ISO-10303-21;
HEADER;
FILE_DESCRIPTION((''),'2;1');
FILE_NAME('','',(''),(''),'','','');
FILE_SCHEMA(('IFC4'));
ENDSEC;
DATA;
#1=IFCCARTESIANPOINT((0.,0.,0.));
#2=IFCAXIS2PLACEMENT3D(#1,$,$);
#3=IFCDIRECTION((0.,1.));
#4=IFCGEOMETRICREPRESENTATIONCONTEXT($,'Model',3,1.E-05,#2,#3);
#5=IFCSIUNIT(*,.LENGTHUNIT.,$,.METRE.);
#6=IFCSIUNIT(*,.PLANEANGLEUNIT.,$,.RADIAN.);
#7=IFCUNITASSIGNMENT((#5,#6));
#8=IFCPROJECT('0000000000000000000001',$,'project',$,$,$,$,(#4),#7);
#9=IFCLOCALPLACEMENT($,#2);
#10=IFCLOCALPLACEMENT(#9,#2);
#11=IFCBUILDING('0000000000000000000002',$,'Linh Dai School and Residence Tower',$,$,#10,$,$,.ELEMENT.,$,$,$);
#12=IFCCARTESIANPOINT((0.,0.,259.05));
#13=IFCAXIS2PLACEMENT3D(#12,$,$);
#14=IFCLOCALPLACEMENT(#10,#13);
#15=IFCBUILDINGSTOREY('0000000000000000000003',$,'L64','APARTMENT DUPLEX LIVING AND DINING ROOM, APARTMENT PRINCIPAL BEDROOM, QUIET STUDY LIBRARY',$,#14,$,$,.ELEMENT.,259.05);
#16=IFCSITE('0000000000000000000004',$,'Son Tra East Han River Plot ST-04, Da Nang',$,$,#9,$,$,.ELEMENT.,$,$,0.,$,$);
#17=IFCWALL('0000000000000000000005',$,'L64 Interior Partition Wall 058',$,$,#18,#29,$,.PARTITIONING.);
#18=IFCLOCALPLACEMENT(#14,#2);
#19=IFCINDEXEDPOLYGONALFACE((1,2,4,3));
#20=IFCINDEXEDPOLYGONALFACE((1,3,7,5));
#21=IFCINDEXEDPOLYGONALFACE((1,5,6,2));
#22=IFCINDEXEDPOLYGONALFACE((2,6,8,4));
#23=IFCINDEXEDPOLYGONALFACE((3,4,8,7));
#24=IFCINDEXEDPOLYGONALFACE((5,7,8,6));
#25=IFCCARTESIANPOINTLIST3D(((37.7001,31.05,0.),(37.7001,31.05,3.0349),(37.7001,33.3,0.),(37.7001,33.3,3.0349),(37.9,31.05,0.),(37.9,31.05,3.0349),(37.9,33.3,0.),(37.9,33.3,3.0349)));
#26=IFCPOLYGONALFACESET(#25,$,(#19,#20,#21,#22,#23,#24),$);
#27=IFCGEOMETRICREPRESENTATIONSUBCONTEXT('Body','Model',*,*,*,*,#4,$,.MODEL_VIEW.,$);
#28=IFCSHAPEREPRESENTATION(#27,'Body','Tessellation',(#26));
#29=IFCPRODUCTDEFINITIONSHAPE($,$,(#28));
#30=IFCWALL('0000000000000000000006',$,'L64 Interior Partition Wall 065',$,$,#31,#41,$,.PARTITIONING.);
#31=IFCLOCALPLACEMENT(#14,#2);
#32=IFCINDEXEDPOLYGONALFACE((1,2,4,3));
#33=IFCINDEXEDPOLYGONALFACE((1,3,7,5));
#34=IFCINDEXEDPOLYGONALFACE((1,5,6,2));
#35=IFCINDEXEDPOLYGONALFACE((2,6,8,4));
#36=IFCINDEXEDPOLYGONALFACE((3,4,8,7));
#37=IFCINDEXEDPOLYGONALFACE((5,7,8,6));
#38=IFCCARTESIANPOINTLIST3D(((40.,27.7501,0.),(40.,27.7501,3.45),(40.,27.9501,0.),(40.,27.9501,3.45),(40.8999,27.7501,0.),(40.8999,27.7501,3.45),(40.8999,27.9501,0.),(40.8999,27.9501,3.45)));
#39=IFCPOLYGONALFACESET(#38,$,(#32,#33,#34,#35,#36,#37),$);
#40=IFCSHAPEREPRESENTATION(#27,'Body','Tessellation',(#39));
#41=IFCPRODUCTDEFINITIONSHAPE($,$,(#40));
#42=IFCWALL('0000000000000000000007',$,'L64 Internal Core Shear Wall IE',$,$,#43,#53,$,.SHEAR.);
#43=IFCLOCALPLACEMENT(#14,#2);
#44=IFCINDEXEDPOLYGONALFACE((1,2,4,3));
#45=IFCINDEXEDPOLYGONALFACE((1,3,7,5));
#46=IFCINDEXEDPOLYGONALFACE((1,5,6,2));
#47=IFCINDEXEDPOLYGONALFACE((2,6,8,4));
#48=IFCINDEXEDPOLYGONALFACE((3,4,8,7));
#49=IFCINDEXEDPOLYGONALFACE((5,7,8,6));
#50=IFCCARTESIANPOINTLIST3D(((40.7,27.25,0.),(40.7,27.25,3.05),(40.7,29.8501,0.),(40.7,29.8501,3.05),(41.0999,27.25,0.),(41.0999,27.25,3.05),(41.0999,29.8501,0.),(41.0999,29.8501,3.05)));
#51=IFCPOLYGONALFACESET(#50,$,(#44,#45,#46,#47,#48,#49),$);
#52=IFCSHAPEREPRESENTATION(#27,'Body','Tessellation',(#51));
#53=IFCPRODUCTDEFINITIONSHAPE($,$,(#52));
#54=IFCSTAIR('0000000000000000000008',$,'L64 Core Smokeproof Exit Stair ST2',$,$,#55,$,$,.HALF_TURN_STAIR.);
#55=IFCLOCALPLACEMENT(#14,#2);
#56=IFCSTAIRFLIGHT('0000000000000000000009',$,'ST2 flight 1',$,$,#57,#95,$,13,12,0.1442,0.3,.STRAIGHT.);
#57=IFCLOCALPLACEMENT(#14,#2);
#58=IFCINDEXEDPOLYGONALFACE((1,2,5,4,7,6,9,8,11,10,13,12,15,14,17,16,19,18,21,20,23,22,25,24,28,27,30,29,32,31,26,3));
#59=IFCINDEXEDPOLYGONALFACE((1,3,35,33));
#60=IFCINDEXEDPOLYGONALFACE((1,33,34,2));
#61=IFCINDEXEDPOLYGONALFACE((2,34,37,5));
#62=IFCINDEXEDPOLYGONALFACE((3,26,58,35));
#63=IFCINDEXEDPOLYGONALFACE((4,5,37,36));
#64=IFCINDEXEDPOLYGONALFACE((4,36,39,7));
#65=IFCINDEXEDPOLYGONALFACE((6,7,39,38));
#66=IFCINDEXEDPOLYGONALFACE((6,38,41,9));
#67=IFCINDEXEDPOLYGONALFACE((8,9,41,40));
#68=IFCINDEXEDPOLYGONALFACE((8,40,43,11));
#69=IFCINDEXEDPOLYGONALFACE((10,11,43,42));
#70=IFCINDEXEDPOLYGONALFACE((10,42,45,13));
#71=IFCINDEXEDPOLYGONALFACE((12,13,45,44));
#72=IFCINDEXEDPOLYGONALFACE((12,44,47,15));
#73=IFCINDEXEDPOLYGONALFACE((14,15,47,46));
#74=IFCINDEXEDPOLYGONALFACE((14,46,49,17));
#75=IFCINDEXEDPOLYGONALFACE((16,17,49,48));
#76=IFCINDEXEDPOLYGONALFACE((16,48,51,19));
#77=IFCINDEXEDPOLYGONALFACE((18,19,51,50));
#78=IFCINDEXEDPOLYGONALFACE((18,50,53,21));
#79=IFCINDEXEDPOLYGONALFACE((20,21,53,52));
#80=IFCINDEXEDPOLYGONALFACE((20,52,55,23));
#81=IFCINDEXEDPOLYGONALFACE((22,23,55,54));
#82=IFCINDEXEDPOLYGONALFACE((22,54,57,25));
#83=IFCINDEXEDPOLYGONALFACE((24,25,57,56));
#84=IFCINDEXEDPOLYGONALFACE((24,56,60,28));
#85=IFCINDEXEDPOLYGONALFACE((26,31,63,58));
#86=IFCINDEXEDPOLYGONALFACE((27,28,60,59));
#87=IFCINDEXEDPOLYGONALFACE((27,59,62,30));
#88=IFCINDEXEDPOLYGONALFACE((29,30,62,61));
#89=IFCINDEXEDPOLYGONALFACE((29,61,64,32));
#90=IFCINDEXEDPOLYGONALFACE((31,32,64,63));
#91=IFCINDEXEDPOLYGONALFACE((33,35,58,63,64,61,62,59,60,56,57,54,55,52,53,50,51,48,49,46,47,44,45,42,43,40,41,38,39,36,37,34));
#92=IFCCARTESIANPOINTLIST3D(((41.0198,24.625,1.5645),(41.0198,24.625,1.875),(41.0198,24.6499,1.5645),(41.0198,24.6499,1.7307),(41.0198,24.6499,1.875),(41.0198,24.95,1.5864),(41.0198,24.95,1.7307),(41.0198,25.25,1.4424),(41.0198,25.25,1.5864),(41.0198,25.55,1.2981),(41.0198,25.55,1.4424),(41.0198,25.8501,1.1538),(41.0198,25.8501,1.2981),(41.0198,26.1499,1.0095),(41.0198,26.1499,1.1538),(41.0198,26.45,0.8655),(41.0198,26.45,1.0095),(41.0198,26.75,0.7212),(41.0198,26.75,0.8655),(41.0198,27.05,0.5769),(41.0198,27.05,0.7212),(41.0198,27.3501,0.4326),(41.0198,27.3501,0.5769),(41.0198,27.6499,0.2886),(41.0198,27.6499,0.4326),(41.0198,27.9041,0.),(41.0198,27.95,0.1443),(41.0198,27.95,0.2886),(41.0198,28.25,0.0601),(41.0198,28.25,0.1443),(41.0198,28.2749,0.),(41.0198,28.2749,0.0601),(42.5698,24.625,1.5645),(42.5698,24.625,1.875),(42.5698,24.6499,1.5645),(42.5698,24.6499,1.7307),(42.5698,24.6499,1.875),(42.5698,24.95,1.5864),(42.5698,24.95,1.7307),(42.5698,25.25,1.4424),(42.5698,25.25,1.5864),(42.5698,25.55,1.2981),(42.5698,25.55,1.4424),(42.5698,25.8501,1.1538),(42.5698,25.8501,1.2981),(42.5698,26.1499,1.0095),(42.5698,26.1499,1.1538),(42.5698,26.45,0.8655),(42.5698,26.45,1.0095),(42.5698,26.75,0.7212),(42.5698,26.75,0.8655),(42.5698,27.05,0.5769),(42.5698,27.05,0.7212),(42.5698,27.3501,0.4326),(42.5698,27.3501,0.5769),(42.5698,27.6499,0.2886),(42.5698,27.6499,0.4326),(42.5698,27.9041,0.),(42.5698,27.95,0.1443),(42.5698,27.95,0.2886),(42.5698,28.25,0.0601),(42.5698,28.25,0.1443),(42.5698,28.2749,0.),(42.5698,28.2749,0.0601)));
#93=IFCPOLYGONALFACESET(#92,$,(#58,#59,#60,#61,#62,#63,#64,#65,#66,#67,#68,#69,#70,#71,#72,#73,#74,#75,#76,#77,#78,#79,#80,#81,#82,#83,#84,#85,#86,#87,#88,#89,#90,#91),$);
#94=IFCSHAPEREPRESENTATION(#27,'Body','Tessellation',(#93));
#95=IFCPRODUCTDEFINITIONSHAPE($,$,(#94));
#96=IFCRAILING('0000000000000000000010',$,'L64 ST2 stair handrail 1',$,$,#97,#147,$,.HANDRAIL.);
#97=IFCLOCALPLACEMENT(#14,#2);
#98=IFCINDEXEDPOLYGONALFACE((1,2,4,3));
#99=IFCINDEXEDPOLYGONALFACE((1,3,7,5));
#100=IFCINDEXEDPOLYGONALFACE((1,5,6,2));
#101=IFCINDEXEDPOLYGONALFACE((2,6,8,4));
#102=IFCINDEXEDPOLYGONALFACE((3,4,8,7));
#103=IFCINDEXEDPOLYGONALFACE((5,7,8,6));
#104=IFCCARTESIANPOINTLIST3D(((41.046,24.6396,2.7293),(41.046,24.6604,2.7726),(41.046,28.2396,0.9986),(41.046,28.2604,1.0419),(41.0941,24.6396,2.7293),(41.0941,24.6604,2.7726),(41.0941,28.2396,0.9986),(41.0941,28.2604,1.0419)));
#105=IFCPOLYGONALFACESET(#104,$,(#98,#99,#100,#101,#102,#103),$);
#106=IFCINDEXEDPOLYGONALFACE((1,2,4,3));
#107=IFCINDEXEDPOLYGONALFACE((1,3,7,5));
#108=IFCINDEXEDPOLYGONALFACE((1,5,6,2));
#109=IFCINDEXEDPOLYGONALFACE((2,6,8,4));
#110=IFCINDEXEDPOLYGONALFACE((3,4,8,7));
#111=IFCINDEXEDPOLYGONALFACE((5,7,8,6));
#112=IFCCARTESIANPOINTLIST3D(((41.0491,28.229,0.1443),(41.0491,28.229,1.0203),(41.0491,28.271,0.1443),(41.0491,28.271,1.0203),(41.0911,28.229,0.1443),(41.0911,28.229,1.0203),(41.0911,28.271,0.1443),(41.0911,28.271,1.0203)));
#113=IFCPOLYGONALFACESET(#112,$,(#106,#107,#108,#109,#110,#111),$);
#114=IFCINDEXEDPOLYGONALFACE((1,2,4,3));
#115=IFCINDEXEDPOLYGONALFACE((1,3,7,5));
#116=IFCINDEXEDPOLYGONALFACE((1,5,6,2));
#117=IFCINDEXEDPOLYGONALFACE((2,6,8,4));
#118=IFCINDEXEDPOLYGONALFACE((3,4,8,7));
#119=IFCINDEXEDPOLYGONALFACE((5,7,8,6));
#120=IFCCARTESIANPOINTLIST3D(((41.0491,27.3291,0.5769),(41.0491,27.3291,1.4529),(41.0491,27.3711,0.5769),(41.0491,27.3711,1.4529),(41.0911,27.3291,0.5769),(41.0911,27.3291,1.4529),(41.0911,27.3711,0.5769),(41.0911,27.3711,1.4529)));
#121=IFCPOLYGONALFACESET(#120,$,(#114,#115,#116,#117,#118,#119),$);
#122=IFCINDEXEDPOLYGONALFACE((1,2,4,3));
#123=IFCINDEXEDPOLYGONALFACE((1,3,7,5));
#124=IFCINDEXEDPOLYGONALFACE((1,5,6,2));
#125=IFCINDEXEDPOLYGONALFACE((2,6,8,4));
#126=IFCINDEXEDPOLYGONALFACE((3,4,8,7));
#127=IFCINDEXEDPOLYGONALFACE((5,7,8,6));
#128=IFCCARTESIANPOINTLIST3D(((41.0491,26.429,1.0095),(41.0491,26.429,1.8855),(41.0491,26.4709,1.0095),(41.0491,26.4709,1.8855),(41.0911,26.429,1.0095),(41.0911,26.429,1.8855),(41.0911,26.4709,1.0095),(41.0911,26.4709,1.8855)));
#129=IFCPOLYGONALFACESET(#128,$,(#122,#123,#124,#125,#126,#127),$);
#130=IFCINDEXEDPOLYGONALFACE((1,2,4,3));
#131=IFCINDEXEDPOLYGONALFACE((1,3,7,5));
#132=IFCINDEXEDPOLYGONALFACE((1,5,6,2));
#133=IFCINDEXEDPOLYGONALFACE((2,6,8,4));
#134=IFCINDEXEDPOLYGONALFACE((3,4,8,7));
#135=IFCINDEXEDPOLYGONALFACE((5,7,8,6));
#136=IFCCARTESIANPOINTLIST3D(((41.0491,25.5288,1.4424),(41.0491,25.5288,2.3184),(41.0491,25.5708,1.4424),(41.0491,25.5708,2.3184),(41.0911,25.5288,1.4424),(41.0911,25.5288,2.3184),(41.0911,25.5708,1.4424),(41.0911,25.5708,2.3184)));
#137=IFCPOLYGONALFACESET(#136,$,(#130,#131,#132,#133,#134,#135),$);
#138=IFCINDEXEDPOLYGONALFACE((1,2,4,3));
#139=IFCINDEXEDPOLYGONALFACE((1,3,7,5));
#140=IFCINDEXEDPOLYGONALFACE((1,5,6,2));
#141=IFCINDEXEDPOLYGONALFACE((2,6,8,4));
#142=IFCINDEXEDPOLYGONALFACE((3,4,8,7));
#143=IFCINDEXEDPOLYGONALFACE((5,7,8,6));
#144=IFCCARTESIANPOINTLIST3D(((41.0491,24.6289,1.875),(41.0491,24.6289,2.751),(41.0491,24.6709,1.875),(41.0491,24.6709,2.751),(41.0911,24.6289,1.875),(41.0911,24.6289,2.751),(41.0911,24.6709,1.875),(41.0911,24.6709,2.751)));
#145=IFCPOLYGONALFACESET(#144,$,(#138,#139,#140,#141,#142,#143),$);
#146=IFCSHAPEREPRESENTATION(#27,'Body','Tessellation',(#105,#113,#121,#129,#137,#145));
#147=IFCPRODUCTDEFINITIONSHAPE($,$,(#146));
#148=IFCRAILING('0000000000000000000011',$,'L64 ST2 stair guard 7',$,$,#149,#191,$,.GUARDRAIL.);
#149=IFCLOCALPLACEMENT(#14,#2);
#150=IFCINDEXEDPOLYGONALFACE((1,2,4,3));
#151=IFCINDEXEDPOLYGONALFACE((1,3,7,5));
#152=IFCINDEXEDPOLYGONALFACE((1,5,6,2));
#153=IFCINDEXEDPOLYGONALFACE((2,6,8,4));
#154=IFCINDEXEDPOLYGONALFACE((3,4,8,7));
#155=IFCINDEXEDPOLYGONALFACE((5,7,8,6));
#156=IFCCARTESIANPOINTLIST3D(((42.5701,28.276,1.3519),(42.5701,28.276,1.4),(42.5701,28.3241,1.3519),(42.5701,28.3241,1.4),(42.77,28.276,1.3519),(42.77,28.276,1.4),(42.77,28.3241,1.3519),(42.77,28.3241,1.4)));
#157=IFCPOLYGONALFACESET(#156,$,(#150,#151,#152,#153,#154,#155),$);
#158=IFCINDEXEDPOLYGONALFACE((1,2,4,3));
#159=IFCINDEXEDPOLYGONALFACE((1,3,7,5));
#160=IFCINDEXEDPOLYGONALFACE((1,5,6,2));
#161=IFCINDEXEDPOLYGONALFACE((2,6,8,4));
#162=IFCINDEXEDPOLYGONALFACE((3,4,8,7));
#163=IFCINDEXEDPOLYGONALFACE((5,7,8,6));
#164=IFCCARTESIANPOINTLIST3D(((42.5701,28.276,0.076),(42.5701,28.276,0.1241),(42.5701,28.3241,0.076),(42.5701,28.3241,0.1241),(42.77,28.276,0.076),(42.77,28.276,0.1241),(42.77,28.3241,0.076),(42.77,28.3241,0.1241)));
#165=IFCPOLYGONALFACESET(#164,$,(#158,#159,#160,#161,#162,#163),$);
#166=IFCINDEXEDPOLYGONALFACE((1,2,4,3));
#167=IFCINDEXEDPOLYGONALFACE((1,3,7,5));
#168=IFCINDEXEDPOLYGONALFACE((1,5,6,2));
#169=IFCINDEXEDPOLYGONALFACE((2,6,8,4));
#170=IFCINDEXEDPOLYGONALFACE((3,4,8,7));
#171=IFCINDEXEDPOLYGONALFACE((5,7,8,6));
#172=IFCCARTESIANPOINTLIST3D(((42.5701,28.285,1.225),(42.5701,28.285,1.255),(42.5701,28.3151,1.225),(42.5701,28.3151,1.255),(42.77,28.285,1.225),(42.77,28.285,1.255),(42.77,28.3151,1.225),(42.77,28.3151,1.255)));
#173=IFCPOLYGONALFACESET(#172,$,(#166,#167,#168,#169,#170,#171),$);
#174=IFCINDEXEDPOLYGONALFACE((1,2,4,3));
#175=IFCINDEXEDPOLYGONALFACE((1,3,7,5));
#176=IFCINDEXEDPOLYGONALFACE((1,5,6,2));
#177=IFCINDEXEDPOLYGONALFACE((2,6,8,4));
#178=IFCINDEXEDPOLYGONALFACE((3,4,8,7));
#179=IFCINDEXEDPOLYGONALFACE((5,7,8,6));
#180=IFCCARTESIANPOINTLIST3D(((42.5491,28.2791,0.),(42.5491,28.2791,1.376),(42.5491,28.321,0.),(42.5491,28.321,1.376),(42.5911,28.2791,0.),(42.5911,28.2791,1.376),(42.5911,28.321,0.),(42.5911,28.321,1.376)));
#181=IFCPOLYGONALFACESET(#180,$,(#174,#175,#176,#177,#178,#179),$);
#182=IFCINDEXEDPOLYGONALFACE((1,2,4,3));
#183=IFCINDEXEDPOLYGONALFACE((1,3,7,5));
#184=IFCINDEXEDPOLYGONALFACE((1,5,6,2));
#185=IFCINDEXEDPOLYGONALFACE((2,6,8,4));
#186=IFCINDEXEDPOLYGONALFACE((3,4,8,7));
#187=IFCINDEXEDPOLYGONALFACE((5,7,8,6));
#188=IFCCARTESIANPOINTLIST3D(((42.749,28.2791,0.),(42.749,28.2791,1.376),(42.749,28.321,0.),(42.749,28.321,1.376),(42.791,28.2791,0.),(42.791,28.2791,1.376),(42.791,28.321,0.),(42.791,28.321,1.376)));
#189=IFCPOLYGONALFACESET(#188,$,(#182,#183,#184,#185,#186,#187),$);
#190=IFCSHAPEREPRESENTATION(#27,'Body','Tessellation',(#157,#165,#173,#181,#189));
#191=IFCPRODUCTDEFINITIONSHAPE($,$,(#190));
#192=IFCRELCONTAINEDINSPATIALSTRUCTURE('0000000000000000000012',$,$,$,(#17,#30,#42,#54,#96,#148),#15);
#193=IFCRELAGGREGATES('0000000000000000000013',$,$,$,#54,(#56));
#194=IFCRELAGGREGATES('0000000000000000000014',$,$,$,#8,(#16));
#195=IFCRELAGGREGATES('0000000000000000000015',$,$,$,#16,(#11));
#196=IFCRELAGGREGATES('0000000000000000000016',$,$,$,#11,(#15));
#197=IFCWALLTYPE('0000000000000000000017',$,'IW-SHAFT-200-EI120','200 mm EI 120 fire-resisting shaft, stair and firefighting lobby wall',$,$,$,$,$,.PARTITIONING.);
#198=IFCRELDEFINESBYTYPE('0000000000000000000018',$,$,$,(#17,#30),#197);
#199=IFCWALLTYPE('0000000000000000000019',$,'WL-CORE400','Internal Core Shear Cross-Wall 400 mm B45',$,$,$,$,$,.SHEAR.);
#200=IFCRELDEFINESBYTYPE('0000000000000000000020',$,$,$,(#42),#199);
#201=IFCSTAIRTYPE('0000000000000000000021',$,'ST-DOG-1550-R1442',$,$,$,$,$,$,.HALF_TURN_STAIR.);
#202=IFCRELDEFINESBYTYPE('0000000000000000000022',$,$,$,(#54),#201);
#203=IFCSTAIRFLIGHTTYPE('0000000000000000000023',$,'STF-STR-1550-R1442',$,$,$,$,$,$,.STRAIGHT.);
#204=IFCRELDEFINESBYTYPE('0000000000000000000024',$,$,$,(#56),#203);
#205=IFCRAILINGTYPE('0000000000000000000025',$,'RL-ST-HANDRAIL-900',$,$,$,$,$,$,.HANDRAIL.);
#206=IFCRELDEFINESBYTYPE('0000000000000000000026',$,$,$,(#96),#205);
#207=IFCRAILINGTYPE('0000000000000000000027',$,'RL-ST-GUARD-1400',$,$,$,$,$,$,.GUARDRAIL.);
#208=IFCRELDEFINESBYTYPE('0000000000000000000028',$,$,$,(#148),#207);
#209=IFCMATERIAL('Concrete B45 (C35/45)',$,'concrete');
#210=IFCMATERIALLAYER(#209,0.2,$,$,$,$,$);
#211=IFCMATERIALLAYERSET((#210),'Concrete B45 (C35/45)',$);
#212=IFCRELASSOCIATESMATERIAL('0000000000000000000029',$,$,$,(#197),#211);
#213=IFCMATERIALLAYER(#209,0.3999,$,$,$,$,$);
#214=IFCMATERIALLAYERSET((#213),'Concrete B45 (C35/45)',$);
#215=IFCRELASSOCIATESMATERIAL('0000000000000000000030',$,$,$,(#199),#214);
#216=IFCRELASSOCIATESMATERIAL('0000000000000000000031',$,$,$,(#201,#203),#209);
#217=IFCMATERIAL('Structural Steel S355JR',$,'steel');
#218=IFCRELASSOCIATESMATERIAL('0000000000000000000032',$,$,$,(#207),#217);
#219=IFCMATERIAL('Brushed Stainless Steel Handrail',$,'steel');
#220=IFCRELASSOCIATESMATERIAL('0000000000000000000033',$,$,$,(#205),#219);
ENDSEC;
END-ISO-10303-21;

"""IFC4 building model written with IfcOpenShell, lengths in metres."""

from ifc_helpers import new_model, si_unit, direction, frame, frame_2d, origin, origin_2d, place, context, subcontext, project, spatial, polyline, rectangle, outline, extrude, source, transform, mapped, material, layer, layer_set, type_object, element, aggregate, save


model = new_model("IFC4")

# Units and contexts
model_context = context("Model", 3, precision=1e-05, world=origin(), true_north=direction((0.0, 1.0)))
body_context = subcontext(model_context, "Body", "Model", "MODEL_VIEW")
ifc_project = project(units=[si_unit("LENGTHUNIT", "METRE"), si_unit("PLANEANGLEUNIT", "RADIAN")], contexts=[model_context])

# Site, building, storey
site_placement = place(None, origin())
site = spatial("IfcSite", under=ifc_project, at=site_placement, Name="Son Tra East Han River Plot ST-04, Da Nang", CompositionType="ELEMENT", RefElevation=0.0)
building_placement = place(site_placement, origin())
building = spatial("IfcBuilding", under=site, at=building_placement, Name="Linh Dai School and Residence Tower", CompositionType="ELEMENT")
storey_placement = place(building_placement, frame((0.0, 0.0, 259.05)))
storey = spatial("IfcBuildingStorey", under=building, at=storey_placement, Name="L64", Description="APARTMENT DUPLEX LIVING AND DINING ROOM, APARTMENT PRINCIPAL BEDROOM, QUIET STUDY LIBRARY", CompositionType="ELEMENT", Elevation=259.05)

# Shared definitions
ifc_material_1 = material(Name="Structural Steel S355JR", Category="steel")

# Shared definitions
ifc_material_2 = material(Name="Concrete B45 (C35/45)", Category="concrete")
ifc_layer_1 = layer(ifc_material_2, 0.2)
ifc_layer_set_1 = layer_set([ifc_layer_1], Name="Concrete B45 (C35/45)")
wall_type_1 = type_object("IfcWallType", Name="IW-SHAFT-200-EI120", Description="200 mm EI 120 fire-resisting shaft, stair and firefighting lobby wall", PredefinedType="PARTITIONING", material=ifc_layer_set_1)

# Walls
wall_1_placement = place(storey_placement, frame((37.8, 31.05, 0.0), z_axis=(0.0, 0.0, 1.0), x_axis=(0.0, 1.0, 0.0)))
element("IfcWall", 1, at=wall_1_placement, inside=storey, type_object=wall_type_1, Name="L64 Interior Partition Wall 058", PredefinedType="PARTITIONING", context=body_context, shape_type="SweptSolid", body=[
    extrude(rectangle(XDim=2.25, YDim=0.2, at=frame_2d((1.125, 0.0))), origin(), (0.0, 0.0, 1.0), 3.0349),
])
wall_2_placement = place(storey_placement, frame((40.0, 27.8501, 0.0), z_axis=(0.0, 0.0, 1.0), x_axis=(1.0, 0.0, 0.0)))
element("IfcWall", 2, at=wall_2_placement, inside=storey, type_object=wall_type_1, Name="L64 Interior Partition Wall 065", PredefinedType="PARTITIONING", context=body_context, shape_type="SweptSolid", body=[
    extrude(rectangle(XDim=0.8999, YDim=0.2, at=frame_2d((0.45, 0.0))), origin(), (0.0, 0.0, 1.0), 3.45),
])
ifc_layer_2 = layer(ifc_material_2, 0.3999)
ifc_layer_set_2 = layer_set([ifc_layer_2], Name="Concrete B45 (C35/45)")
wall_type_2 = type_object("IfcWallType", Name="WL-CORE400", Description="Internal Core Shear Cross-Wall 400 mm B45", PredefinedType="SHEAR", material=ifc_layer_set_2)
wall_3_placement = place(storey_placement, frame((40.8999, 27.25, 0.0), z_axis=(0.0, 0.0, 1.0), x_axis=(0.0, 1.0, 0.0)))
element("IfcWall", 3, at=wall_3_placement, inside=storey, type_object=wall_type_2, Name="L64 Internal Core Shear Wall IE", PredefinedType="SHEAR", context=body_context, shape_type="SweptSolid", body=[
    extrude(rectangle(XDim=2.6001, YDim=0.3999, at=frame_2d((1.3, 0.0))), origin(), (0.0, 0.0, 1.0), 3.05),
])

# Stair, stair flight
stair_type = type_object("IfcStairType", Name="ST-DOG-1550-R1442", PredefinedType="HALF_TURN_STAIR", material=ifc_material_2)
stair_placement = place(storey_placement, origin())
stair = element("IfcStair", 4, at=stair_placement, inside=storey, type_object=stair_type, Name="L64 Core Smokeproof Exit Stair ST2", PredefinedType="HALF_TURN_STAIR")
stair_flight_type = type_object("IfcStairFlightType", Name="STF-STR-1550-R1442", PredefinedType="STRAIGHT", material=ifc_material_2)
shared_shape_1 = source(origin(), body_context, "Body", "SweptSolid", [
    extrude(outline(polyline([(-0.0249, 0.0), (-0.0249, 0.0601), (0.0, 0.0601), (0.0, 0.1443), (0.3, 0.1443), (0.3, 0.2886), (0.6001, 0.2886), (0.6001, 0.4326), (0.8999, 0.4326), (0.8999, 0.5769), (1.2, 0.5769), (1.2, 0.7212), (1.5, 0.7212), (1.5, 0.8655), (1.8, 0.8655), (1.8, 1.0095), (2.1001, 1.0095), (2.1001, 1.1538), (2.3999, 1.1538), (2.3999, 1.2981), (2.7, 1.2981), (2.7, 1.4424), (3.0, 1.4424), (3.0, 1.5864), (3.3, 1.5864), (3.3, 1.7307), (3.6001, 1.7307), (3.6001, 1.875), (3.625, 1.875), (3.625, 1.5645), (3.6001, 1.5645), (0.3459, 0.0), (-0.0249, 0.0)])), frame((0.0, 0.7749, 0.0), z_axis=(0.0, -1.0, 0.0), x_axis=(1.0, 0.0, 0.0)), (0.0, 0.0, 1.0), 1.55),
])
stair_flight_placement = place(storey_placement, frame((41.7949, 28.25, 0.0), z_axis=(0.0, 0.0, 1.0), x_axis=(0.0, -1.0, 0.0)))
stair_flight = element("IfcStairFlight", 5, at=stair_flight_placement, type_object=stair_flight_type, Name="ST2 flight 1", NumberOfRisers=13, NumberOfTreads=12, PredefinedType="STRAIGHT", RiserHeight=0.1442, TreadLength=0.3, context=body_context, shape_type="MappedRepresentation", body=[
    mapped(shared_shape_1, transform((0.0, 0.0, 0.0), x_axis=(1.0, 0.0, 0.0), y_axis=(0.0, 1.0, 0.0), z_axis=(0.0, 0.0, 1.0), scale=1.0)),
])
aggregate(stair, [stair_flight])

# Railings
railing_type_1 = type_object("IfcRailingType", Name="RL-ST-GUARD-1400", PredefinedType="GUARDRAIL", material=ifc_material_1)
ifc_material_3 = material(Name="Brushed Stainless Steel Handrail", Category="steel")
railing_type_2 = type_object("IfcRailingType", Name="RL-ST-HANDRAIL-900", PredefinedType="HANDRAIL", material=ifc_material_3)
shared_shape_2 = source(origin(), body_context, "Body", "SweptSolid", [
    extrude(rectangle(XDim=0.0481, YDim=0.0481, at=origin_2d()), frame((0.0, 0.0, 0.876), z_axis=(0.0, -0.901263, 0.433273), x_axis=(1.0, 0.0, 0.0)), (0.0, 0.0, 1.0), 3.9944),
    extrude(rectangle(XDim=0.042, YDim=0.042, at=origin_2d()), origin(), (0.0, 0.0, 1.0), 0.876),
    extrude(rectangle(XDim=0.042, YDim=0.042, at=origin_2d()), frame((0.0, -0.8999, 0.4326)), (0.0, 0.0, 1.0), 0.876),
    extrude(rectangle(XDim=0.042, YDim=0.042, at=origin_2d()), frame((0.0, -1.8, 0.8652)), (0.0, 0.0, 1.0), 0.876),
    extrude(rectangle(XDim=0.042, YDim=0.042, at=origin_2d()), frame((0.0, -2.7002, 1.2981)), (0.0, 0.0, 1.0), 0.876),
    extrude(rectangle(XDim=0.042, YDim=0.042, at=origin_2d()), frame((0.0, -3.6001, 1.7307)), (0.0, 0.0, 1.0), 0.876),
])
railing_1_placement = place(storey_placement, frame((41.0701, 28.25, 0.1443)))
element("IfcRailing", 6, at=railing_1_placement, inside=storey, type_object=railing_type_2, Name="L64 ST2 stair handrail 1", PredefinedType="HANDRAIL", context=body_context, shape_type="MappedRepresentation", body=[
    mapped(shared_shape_2, transform((0.0, 0.0, 0.0), x_axis=(1.0, 0.0, 0.0), y_axis=(0.0, 1.0, 0.0), z_axis=(0.0, 0.0, 1.0), scale=1.0)),
])
shared_shape_3 = source(origin(), body_context, "Body", "SweptSolid", [
    extrude(rectangle(XDim=0.0481, YDim=0.0481, at=origin_2d()), frame((0.0, 0.0, 1.376), z_axis=(1.0, 0.0, 0.0), x_axis=(0.0, 1.0, 0.0)), (0.0, 0.0, 1.0), 0.2),
    extrude(rectangle(XDim=0.0481, YDim=0.0481, at=origin_2d()), frame((0.0, 0.0, 0.1001), z_axis=(1.0, 0.0, 0.0), x_axis=(0.0, 1.0, 0.0)), (0.0, 0.0, 1.0), 0.2),
    extrude(rectangle(XDim=0.03, YDim=0.03, at=origin_2d()), frame((0.0, 0.0, 1.24), z_axis=(1.0, 0.0, 0.0), x_axis=(0.0, 1.0, 0.0)), (0.0, 0.0, 1.0), 0.2),
    extrude(rectangle(XDim=0.042, YDim=0.042, at=origin_2d()), origin(), (0.0, 0.0, 1.0), 1.376),
    extrude(rectangle(XDim=0.042, YDim=0.042, at=origin_2d()), frame((0.2, 0.0, 0.0)), (0.0, 0.0, 1.0), 1.376),
])
railing_2_placement = place(storey_placement, frame((42.5701, 28.3, 0.0)))
element("IfcRailing", 7, at=railing_2_placement, inside=storey, type_object=railing_type_1, Name="L64 ST2 stair guard 7", PredefinedType="GUARDRAIL", context=body_context, shape_type="MappedRepresentation", body=[
    mapped(shared_shape_3, transform((0.0, 0.0, 0.0), x_axis=(1.0, 0.0, 0.0), y_axis=(0.0, 1.0, 0.0), z_axis=(0.0, 0.0, 1.0), scale=1.0)),
])

save(model, "model.ifc")
